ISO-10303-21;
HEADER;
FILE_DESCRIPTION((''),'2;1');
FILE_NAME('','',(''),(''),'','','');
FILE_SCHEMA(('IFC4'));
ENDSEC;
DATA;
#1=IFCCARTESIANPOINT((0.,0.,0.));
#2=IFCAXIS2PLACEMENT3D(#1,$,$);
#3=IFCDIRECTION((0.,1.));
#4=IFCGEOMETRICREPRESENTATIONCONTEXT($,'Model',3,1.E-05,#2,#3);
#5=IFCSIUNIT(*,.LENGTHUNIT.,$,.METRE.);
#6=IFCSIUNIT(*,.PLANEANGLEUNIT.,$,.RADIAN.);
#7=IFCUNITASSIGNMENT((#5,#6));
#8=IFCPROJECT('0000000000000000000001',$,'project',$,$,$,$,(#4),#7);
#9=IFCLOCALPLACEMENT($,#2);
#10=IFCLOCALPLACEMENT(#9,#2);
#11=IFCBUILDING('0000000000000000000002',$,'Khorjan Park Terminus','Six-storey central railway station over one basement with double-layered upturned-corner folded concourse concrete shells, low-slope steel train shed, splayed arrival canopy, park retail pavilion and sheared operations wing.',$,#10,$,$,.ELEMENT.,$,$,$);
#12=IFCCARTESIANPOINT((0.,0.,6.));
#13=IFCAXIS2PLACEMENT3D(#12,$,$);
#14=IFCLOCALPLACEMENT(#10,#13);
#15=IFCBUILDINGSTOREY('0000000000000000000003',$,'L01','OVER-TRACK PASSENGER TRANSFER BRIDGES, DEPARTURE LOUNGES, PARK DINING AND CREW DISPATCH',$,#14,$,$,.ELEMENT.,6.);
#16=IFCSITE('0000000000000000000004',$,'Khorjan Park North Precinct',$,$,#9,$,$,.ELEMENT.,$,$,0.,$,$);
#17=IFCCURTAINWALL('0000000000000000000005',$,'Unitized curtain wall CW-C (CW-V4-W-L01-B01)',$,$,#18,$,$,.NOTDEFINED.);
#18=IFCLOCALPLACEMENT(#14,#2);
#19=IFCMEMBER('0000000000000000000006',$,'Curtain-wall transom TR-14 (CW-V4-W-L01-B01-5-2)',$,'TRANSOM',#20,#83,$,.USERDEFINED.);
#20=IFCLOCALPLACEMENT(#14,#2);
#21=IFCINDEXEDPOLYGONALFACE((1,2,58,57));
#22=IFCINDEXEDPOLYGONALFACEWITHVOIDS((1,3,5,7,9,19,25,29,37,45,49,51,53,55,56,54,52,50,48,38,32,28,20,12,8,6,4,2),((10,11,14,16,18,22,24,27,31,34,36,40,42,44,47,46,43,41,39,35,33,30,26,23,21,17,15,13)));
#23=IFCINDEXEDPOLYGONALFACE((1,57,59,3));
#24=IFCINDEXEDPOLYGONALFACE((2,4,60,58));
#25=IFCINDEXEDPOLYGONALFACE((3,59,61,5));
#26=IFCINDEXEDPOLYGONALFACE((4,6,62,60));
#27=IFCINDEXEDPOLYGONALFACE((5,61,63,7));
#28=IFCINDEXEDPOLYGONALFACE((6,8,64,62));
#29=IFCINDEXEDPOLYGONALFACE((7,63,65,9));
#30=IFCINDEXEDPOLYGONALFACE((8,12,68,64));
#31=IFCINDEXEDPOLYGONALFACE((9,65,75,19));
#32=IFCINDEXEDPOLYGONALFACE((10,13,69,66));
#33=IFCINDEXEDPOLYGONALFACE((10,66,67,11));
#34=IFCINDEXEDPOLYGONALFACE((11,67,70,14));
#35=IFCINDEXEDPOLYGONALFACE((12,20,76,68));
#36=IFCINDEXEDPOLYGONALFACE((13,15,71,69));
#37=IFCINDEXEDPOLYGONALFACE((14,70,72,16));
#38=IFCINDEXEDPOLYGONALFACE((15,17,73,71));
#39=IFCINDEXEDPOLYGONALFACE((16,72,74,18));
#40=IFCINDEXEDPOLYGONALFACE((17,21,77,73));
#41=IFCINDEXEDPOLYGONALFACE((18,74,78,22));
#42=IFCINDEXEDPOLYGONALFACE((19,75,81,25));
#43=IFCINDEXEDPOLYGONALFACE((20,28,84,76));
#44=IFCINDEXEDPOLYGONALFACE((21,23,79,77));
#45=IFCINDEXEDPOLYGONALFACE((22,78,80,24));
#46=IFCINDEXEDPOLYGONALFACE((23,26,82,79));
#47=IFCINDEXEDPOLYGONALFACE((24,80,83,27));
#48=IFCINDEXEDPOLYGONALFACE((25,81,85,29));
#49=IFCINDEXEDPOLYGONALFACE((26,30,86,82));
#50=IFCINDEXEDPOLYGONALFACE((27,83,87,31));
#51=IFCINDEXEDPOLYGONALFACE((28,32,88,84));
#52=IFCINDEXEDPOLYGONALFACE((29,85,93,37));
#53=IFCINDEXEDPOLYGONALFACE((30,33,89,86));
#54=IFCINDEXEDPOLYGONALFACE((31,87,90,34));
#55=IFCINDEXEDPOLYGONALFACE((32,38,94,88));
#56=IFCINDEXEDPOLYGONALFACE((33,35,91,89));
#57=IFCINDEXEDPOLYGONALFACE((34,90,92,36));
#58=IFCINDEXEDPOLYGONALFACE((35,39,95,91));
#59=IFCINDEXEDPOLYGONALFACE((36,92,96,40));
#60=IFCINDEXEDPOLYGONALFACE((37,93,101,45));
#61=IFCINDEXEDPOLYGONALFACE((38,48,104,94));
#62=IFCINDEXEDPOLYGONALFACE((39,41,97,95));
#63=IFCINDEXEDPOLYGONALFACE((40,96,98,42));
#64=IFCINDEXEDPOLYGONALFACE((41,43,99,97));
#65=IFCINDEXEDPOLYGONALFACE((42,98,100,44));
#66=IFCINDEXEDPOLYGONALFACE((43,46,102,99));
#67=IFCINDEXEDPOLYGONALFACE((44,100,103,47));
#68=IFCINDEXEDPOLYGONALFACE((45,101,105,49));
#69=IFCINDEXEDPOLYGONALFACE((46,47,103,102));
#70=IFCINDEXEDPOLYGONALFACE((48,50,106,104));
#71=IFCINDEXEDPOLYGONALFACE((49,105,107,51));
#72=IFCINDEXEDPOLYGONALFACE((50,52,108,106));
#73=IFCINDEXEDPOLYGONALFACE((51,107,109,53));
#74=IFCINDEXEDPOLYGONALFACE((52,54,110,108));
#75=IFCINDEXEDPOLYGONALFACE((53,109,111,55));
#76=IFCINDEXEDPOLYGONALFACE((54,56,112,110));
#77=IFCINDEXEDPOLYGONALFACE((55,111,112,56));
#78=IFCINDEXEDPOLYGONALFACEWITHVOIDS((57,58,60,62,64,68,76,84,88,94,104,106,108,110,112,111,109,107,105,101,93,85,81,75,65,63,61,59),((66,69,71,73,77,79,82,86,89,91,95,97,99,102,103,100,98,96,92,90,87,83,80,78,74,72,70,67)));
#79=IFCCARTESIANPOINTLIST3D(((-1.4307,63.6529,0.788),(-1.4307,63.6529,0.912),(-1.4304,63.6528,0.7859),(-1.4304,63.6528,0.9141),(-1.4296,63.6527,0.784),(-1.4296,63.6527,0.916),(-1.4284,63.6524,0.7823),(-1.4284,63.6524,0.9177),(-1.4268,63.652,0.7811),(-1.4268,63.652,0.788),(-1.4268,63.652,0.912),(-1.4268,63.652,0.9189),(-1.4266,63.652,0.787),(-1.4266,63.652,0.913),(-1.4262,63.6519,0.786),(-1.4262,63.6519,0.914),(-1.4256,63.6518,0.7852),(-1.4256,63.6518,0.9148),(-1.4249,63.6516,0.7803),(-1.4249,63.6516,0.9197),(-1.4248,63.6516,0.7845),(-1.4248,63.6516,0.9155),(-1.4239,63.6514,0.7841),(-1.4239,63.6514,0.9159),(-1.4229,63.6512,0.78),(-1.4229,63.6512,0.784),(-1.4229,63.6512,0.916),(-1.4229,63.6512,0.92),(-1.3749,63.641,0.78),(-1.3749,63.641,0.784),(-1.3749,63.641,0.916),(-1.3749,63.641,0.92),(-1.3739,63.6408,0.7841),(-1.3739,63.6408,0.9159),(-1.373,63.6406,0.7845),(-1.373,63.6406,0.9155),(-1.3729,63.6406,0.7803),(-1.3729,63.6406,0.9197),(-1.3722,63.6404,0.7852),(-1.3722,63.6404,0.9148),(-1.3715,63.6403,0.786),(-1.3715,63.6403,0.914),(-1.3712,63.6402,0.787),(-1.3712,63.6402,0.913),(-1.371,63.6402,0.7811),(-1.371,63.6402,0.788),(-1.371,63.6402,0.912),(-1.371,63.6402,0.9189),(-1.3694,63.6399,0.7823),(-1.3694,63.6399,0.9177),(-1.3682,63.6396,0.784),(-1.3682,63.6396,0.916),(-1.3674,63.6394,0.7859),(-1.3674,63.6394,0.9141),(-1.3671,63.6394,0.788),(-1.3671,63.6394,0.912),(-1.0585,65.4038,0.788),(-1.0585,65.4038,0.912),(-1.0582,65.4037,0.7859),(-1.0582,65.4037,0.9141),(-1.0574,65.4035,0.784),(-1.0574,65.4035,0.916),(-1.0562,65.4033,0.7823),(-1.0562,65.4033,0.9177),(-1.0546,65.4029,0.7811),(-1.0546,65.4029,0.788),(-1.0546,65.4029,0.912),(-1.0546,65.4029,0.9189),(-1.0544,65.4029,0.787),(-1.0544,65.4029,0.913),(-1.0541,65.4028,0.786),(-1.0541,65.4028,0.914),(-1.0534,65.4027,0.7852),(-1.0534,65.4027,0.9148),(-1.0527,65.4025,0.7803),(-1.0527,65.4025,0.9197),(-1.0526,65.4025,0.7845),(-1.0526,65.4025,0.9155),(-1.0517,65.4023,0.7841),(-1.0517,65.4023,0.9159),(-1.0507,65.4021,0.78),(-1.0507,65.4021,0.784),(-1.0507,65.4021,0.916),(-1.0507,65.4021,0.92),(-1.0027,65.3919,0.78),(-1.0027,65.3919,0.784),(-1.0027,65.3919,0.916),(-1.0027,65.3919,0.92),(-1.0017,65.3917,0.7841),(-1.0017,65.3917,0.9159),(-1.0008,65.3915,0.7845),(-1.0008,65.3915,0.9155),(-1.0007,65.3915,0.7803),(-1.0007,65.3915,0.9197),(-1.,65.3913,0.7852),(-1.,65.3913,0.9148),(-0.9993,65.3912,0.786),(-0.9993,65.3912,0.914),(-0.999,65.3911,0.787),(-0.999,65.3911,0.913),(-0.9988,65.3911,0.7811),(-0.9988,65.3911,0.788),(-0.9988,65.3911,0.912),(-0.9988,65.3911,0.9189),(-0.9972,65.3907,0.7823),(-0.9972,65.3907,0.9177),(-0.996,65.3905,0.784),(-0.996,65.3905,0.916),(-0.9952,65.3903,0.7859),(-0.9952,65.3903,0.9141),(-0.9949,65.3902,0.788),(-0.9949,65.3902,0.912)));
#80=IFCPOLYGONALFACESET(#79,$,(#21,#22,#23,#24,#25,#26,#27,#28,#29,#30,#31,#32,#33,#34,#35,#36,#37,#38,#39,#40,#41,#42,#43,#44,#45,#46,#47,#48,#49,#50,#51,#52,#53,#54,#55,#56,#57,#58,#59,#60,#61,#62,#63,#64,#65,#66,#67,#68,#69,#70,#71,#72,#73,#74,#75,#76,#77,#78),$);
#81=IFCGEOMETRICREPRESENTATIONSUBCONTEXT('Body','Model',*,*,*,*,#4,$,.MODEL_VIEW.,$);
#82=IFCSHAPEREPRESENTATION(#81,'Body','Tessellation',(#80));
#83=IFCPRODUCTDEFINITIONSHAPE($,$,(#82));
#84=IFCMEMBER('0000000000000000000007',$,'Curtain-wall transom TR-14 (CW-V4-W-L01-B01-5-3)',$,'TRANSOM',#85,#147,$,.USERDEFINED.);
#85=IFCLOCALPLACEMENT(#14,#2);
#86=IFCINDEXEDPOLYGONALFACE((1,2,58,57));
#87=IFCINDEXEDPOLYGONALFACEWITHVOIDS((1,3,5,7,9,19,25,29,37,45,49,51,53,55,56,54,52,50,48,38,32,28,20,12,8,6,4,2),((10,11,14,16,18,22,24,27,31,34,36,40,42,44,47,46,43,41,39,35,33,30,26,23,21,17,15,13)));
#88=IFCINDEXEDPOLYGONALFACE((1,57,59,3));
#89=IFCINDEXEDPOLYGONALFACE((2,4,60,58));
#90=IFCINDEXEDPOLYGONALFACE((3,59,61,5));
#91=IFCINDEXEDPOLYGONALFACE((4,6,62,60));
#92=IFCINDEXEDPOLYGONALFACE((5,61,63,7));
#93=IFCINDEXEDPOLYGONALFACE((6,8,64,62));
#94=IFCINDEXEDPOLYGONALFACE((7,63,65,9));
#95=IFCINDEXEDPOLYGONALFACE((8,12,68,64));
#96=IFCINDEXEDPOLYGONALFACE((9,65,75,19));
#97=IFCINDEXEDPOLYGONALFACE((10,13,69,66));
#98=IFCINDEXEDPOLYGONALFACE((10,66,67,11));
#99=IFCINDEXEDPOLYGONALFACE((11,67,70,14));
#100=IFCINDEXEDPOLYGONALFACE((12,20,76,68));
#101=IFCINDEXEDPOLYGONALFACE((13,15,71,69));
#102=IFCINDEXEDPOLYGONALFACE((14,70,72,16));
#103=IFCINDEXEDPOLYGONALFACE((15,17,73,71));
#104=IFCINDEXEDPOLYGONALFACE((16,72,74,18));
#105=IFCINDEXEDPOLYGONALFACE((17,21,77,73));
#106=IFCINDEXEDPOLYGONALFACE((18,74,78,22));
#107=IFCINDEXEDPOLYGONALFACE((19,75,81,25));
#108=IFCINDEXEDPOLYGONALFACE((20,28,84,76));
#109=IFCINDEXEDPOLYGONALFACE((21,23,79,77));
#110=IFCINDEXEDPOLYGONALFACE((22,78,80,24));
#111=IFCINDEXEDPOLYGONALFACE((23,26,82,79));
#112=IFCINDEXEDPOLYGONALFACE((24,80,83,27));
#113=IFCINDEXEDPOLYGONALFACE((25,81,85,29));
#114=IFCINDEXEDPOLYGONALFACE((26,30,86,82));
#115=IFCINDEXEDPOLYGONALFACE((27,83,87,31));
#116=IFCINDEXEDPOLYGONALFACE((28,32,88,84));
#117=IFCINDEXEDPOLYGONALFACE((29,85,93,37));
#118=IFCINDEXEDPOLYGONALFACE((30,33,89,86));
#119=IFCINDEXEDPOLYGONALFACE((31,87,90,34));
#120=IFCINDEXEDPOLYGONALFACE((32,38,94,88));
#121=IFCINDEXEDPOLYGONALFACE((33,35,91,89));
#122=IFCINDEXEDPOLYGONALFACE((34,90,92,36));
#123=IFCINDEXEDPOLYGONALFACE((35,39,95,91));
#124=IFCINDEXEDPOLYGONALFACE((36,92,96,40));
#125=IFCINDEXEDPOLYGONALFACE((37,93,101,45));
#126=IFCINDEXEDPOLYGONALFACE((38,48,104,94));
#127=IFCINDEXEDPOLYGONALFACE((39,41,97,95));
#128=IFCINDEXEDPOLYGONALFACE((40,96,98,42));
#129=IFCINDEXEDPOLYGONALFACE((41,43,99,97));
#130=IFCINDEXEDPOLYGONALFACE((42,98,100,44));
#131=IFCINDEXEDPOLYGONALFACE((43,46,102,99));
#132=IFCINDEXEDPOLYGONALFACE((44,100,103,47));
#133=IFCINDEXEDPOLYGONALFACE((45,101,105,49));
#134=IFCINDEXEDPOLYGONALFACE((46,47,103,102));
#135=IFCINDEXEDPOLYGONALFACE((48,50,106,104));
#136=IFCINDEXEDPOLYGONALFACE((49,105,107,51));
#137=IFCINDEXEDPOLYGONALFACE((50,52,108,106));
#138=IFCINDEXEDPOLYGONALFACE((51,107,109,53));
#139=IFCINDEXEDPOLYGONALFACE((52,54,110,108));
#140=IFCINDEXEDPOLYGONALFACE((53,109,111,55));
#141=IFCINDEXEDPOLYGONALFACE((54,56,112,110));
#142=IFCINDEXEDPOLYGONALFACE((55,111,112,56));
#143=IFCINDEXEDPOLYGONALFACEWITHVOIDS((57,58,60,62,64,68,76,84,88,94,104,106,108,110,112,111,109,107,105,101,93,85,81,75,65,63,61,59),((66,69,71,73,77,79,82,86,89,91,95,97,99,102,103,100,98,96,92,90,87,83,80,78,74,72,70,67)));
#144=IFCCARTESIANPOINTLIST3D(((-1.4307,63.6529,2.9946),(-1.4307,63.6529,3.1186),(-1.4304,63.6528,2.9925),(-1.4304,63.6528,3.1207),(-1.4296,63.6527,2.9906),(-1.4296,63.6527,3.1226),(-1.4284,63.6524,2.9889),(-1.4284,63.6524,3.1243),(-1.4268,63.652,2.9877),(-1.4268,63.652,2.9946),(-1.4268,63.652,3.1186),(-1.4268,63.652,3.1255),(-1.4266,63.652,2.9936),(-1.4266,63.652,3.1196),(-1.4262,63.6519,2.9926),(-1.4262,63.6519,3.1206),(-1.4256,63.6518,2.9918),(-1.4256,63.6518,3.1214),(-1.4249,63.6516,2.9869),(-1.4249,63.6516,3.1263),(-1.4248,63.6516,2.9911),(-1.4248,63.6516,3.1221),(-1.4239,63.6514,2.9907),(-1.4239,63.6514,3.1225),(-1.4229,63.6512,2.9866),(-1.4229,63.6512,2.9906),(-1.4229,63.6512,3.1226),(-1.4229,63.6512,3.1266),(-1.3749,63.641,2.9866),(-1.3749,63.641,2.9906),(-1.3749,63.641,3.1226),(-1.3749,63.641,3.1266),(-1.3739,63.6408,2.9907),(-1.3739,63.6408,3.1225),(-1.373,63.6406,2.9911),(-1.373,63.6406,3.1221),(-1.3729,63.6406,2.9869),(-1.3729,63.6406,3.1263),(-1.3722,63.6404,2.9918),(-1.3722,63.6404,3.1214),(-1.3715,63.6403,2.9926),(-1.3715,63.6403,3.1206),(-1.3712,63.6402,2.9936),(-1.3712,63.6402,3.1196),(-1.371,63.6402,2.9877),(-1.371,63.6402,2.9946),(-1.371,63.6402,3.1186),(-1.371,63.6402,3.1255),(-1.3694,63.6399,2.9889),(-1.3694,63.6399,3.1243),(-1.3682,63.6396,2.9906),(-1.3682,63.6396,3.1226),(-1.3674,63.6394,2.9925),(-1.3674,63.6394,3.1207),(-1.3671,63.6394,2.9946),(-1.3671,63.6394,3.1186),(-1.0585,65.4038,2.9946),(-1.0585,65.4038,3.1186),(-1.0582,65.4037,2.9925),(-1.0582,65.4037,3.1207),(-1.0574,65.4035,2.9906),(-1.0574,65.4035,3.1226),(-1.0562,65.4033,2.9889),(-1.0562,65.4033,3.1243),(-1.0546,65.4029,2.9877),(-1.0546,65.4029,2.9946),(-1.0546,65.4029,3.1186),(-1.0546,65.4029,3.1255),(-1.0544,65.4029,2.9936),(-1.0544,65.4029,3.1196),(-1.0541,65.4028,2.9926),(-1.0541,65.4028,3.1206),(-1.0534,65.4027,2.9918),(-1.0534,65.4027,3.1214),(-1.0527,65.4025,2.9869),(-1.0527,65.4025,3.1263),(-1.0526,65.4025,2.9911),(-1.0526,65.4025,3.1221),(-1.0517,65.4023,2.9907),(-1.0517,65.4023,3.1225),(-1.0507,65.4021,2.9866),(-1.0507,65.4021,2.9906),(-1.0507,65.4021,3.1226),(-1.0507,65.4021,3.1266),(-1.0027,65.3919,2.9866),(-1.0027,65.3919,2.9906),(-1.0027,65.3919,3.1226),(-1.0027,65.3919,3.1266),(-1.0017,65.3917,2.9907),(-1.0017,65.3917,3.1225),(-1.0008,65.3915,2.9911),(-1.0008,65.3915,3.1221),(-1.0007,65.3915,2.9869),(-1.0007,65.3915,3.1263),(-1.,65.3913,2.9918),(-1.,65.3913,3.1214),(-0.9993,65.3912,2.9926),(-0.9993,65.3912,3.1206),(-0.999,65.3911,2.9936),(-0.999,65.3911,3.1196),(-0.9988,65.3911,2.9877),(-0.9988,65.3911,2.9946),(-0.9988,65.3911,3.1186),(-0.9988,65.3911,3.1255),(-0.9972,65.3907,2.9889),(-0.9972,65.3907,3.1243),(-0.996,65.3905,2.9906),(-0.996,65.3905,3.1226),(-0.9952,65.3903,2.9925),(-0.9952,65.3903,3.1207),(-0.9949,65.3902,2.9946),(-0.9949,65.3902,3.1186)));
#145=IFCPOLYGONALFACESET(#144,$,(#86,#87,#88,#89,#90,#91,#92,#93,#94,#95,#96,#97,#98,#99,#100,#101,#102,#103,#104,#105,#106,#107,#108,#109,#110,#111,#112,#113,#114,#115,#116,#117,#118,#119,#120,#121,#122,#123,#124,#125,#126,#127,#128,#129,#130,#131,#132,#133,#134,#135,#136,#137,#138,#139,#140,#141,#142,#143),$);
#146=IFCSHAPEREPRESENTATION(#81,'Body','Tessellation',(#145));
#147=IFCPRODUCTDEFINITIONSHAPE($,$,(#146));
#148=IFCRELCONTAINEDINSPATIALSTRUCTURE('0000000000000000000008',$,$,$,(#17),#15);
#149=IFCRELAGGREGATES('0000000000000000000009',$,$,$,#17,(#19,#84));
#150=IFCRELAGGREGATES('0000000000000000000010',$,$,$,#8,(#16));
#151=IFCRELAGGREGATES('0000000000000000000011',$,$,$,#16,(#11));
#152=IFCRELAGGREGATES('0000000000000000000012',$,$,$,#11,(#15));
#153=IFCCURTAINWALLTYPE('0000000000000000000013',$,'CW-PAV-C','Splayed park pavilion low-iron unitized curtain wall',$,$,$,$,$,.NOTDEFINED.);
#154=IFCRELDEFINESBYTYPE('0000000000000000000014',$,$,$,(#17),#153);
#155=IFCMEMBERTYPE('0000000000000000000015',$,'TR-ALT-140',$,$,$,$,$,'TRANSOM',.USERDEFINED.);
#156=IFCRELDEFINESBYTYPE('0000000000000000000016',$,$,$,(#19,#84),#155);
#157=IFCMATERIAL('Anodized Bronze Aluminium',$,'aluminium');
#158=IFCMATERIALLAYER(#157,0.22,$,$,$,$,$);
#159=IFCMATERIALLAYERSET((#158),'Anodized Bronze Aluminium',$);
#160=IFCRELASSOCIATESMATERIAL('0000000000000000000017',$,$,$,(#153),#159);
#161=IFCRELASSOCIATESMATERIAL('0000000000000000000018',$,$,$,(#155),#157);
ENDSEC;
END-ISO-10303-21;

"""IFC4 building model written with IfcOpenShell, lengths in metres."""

from ifc_helpers import new_model, si_unit, direction, frame, origin, origin_2d, place, context, subcontext, project, spatial, hollow_rectangle, extrude, material, layer, layer_set, material_profile, profile_set, type_object, element, aggregate, save


model = new_model("IFC4")

# Units and contexts
model_context = context("Model", 3, precision=1e-05, world=origin(), true_north=direction((0.0, 1.0)))
body_context = subcontext(model_context, "Body", "Model", "MODEL_VIEW")
ifc_project = project(units=[si_unit("LENGTHUNIT", "METRE"), si_unit("PLANEANGLEUNIT", "RADIAN")], contexts=[model_context])

# Site, building, storey
site_placement = place(None, origin())
site = spatial("IfcSite", under=ifc_project, at=site_placement, Name="Khorjan Park North Precinct", CompositionType="ELEMENT", RefElevation=0.0)
building_placement = place(site_placement, origin())
building = spatial("IfcBuilding", under=site, at=building_placement, Name="Khorjan Park Terminus", Description="Six-storey central railway station over one basement with double-layered upturned-corner folded concourse concrete shells, low-slope steel train shed, splayed arrival canopy, park retail pavilion and sheared operations wing.", CompositionType="ELEMENT")
storey_placement = place(building_placement, frame((0.0, 0.0, 6.0)))
storey = spatial("IfcBuildingStorey", under=building, at=storey_placement, Name="L01", Description="OVER-TRACK PASSENGER TRANSFER BRIDGES, DEPARTURE LOUNGES, PARK DINING AND CREW DISPATCH", CompositionType="ELEMENT", Elevation=6.0)

# Curtain wall, members
ifc_material_1 = material(Name="Anodized Bronze Aluminium", Category="aluminium")
ifc_layer_1 = layer(ifc_material_1, 0.22)
ifc_layer_set_1 = layer_set([ifc_layer_1], Name="Anodized Bronze Aluminium")
curtain_wall_type = type_object("IfcCurtainWallType", Name="CW-PAV-C", Description="Splayed park pavilion low-iron unitized curtain wall", PredefinedType="NOTDEFINED", material=ifc_layer_set_1)
curtain_wall_placement = place(storey_placement, origin())
curtain_wall = element("IfcCurtainWall", 1, at=curtain_wall_placement, inside=storey, type_object=curtain_wall_type, Name="Unitized curtain wall CW-C (CW-V4-W-L01-B01)", PredefinedType="NOTDEFINED")
ifc_material_profile_1 = material_profile(ifc_material_1, hollow_rectangle(XDim=0.065, YDim=0.14, WallThickness=0.004, InnerFilletRadius=0.004, OuterFilletRadius=0.008, at=origin_2d()), Name="ALT 65x140x4")
ifc_profile_set_1 = profile_set([ifc_material_profile_1], Name="Anodized Bronze Aluminium")
member_type_1 = type_object("IfcMemberType", Name="TR-ALT-140", ElementType="TRANSOM", PredefinedType="USERDEFINED", material=ifc_profile_set_1)
member_1_placement = place(storey_placement, frame((-1.0267, 65.397, 0.85), z_axis=(-0.20793, -0.978144, 0.0), x_axis=(0.978144, -0.20793, 0.0)))
member_1 = element("IfcMember", 2, at=member_1_placement, type_object=member_type_1, Name="Curtain-wall transom TR-14 (CW-V4-W-L01-B01-5-2)", ObjectType="TRANSOM", PredefinedType="USERDEFINED", context=body_context, shape_type="SweptSolid", body=[
    extrude(hollow_rectangle(XDim=0.065, YDim=0.14, WallThickness=0.004, InnerFilletRadius=0.004, OuterFilletRadius=0.008, at=origin_2d()), origin(), (0.0, 0.0, 1.0), 1.79),
])
member_2_placement = place(storey_placement, frame((-1.0267, 65.397, 3.0566), z_axis=(-0.20793, -0.978144, 0.0), x_axis=(0.978144, -0.20793, 0.0)))
member_2 = element("IfcMember", 3, at=member_2_placement, type_object=member_type_1, Name="Curtain-wall transom TR-14 (CW-V4-W-L01-B01-5-3)", ObjectType="TRANSOM", PredefinedType="USERDEFINED", context=body_context, shape_type="SweptSolid", body=[
    extrude(hollow_rectangle(XDim=0.065, YDim=0.14, WallThickness=0.004, InnerFilletRadius=0.004, OuterFilletRadius=0.008, at=origin_2d()), origin(), (0.0, 0.0, 1.0), 1.79),
])
aggregate(curtain_wall, [member_1, member_2])

save(model, "model.ifc")
